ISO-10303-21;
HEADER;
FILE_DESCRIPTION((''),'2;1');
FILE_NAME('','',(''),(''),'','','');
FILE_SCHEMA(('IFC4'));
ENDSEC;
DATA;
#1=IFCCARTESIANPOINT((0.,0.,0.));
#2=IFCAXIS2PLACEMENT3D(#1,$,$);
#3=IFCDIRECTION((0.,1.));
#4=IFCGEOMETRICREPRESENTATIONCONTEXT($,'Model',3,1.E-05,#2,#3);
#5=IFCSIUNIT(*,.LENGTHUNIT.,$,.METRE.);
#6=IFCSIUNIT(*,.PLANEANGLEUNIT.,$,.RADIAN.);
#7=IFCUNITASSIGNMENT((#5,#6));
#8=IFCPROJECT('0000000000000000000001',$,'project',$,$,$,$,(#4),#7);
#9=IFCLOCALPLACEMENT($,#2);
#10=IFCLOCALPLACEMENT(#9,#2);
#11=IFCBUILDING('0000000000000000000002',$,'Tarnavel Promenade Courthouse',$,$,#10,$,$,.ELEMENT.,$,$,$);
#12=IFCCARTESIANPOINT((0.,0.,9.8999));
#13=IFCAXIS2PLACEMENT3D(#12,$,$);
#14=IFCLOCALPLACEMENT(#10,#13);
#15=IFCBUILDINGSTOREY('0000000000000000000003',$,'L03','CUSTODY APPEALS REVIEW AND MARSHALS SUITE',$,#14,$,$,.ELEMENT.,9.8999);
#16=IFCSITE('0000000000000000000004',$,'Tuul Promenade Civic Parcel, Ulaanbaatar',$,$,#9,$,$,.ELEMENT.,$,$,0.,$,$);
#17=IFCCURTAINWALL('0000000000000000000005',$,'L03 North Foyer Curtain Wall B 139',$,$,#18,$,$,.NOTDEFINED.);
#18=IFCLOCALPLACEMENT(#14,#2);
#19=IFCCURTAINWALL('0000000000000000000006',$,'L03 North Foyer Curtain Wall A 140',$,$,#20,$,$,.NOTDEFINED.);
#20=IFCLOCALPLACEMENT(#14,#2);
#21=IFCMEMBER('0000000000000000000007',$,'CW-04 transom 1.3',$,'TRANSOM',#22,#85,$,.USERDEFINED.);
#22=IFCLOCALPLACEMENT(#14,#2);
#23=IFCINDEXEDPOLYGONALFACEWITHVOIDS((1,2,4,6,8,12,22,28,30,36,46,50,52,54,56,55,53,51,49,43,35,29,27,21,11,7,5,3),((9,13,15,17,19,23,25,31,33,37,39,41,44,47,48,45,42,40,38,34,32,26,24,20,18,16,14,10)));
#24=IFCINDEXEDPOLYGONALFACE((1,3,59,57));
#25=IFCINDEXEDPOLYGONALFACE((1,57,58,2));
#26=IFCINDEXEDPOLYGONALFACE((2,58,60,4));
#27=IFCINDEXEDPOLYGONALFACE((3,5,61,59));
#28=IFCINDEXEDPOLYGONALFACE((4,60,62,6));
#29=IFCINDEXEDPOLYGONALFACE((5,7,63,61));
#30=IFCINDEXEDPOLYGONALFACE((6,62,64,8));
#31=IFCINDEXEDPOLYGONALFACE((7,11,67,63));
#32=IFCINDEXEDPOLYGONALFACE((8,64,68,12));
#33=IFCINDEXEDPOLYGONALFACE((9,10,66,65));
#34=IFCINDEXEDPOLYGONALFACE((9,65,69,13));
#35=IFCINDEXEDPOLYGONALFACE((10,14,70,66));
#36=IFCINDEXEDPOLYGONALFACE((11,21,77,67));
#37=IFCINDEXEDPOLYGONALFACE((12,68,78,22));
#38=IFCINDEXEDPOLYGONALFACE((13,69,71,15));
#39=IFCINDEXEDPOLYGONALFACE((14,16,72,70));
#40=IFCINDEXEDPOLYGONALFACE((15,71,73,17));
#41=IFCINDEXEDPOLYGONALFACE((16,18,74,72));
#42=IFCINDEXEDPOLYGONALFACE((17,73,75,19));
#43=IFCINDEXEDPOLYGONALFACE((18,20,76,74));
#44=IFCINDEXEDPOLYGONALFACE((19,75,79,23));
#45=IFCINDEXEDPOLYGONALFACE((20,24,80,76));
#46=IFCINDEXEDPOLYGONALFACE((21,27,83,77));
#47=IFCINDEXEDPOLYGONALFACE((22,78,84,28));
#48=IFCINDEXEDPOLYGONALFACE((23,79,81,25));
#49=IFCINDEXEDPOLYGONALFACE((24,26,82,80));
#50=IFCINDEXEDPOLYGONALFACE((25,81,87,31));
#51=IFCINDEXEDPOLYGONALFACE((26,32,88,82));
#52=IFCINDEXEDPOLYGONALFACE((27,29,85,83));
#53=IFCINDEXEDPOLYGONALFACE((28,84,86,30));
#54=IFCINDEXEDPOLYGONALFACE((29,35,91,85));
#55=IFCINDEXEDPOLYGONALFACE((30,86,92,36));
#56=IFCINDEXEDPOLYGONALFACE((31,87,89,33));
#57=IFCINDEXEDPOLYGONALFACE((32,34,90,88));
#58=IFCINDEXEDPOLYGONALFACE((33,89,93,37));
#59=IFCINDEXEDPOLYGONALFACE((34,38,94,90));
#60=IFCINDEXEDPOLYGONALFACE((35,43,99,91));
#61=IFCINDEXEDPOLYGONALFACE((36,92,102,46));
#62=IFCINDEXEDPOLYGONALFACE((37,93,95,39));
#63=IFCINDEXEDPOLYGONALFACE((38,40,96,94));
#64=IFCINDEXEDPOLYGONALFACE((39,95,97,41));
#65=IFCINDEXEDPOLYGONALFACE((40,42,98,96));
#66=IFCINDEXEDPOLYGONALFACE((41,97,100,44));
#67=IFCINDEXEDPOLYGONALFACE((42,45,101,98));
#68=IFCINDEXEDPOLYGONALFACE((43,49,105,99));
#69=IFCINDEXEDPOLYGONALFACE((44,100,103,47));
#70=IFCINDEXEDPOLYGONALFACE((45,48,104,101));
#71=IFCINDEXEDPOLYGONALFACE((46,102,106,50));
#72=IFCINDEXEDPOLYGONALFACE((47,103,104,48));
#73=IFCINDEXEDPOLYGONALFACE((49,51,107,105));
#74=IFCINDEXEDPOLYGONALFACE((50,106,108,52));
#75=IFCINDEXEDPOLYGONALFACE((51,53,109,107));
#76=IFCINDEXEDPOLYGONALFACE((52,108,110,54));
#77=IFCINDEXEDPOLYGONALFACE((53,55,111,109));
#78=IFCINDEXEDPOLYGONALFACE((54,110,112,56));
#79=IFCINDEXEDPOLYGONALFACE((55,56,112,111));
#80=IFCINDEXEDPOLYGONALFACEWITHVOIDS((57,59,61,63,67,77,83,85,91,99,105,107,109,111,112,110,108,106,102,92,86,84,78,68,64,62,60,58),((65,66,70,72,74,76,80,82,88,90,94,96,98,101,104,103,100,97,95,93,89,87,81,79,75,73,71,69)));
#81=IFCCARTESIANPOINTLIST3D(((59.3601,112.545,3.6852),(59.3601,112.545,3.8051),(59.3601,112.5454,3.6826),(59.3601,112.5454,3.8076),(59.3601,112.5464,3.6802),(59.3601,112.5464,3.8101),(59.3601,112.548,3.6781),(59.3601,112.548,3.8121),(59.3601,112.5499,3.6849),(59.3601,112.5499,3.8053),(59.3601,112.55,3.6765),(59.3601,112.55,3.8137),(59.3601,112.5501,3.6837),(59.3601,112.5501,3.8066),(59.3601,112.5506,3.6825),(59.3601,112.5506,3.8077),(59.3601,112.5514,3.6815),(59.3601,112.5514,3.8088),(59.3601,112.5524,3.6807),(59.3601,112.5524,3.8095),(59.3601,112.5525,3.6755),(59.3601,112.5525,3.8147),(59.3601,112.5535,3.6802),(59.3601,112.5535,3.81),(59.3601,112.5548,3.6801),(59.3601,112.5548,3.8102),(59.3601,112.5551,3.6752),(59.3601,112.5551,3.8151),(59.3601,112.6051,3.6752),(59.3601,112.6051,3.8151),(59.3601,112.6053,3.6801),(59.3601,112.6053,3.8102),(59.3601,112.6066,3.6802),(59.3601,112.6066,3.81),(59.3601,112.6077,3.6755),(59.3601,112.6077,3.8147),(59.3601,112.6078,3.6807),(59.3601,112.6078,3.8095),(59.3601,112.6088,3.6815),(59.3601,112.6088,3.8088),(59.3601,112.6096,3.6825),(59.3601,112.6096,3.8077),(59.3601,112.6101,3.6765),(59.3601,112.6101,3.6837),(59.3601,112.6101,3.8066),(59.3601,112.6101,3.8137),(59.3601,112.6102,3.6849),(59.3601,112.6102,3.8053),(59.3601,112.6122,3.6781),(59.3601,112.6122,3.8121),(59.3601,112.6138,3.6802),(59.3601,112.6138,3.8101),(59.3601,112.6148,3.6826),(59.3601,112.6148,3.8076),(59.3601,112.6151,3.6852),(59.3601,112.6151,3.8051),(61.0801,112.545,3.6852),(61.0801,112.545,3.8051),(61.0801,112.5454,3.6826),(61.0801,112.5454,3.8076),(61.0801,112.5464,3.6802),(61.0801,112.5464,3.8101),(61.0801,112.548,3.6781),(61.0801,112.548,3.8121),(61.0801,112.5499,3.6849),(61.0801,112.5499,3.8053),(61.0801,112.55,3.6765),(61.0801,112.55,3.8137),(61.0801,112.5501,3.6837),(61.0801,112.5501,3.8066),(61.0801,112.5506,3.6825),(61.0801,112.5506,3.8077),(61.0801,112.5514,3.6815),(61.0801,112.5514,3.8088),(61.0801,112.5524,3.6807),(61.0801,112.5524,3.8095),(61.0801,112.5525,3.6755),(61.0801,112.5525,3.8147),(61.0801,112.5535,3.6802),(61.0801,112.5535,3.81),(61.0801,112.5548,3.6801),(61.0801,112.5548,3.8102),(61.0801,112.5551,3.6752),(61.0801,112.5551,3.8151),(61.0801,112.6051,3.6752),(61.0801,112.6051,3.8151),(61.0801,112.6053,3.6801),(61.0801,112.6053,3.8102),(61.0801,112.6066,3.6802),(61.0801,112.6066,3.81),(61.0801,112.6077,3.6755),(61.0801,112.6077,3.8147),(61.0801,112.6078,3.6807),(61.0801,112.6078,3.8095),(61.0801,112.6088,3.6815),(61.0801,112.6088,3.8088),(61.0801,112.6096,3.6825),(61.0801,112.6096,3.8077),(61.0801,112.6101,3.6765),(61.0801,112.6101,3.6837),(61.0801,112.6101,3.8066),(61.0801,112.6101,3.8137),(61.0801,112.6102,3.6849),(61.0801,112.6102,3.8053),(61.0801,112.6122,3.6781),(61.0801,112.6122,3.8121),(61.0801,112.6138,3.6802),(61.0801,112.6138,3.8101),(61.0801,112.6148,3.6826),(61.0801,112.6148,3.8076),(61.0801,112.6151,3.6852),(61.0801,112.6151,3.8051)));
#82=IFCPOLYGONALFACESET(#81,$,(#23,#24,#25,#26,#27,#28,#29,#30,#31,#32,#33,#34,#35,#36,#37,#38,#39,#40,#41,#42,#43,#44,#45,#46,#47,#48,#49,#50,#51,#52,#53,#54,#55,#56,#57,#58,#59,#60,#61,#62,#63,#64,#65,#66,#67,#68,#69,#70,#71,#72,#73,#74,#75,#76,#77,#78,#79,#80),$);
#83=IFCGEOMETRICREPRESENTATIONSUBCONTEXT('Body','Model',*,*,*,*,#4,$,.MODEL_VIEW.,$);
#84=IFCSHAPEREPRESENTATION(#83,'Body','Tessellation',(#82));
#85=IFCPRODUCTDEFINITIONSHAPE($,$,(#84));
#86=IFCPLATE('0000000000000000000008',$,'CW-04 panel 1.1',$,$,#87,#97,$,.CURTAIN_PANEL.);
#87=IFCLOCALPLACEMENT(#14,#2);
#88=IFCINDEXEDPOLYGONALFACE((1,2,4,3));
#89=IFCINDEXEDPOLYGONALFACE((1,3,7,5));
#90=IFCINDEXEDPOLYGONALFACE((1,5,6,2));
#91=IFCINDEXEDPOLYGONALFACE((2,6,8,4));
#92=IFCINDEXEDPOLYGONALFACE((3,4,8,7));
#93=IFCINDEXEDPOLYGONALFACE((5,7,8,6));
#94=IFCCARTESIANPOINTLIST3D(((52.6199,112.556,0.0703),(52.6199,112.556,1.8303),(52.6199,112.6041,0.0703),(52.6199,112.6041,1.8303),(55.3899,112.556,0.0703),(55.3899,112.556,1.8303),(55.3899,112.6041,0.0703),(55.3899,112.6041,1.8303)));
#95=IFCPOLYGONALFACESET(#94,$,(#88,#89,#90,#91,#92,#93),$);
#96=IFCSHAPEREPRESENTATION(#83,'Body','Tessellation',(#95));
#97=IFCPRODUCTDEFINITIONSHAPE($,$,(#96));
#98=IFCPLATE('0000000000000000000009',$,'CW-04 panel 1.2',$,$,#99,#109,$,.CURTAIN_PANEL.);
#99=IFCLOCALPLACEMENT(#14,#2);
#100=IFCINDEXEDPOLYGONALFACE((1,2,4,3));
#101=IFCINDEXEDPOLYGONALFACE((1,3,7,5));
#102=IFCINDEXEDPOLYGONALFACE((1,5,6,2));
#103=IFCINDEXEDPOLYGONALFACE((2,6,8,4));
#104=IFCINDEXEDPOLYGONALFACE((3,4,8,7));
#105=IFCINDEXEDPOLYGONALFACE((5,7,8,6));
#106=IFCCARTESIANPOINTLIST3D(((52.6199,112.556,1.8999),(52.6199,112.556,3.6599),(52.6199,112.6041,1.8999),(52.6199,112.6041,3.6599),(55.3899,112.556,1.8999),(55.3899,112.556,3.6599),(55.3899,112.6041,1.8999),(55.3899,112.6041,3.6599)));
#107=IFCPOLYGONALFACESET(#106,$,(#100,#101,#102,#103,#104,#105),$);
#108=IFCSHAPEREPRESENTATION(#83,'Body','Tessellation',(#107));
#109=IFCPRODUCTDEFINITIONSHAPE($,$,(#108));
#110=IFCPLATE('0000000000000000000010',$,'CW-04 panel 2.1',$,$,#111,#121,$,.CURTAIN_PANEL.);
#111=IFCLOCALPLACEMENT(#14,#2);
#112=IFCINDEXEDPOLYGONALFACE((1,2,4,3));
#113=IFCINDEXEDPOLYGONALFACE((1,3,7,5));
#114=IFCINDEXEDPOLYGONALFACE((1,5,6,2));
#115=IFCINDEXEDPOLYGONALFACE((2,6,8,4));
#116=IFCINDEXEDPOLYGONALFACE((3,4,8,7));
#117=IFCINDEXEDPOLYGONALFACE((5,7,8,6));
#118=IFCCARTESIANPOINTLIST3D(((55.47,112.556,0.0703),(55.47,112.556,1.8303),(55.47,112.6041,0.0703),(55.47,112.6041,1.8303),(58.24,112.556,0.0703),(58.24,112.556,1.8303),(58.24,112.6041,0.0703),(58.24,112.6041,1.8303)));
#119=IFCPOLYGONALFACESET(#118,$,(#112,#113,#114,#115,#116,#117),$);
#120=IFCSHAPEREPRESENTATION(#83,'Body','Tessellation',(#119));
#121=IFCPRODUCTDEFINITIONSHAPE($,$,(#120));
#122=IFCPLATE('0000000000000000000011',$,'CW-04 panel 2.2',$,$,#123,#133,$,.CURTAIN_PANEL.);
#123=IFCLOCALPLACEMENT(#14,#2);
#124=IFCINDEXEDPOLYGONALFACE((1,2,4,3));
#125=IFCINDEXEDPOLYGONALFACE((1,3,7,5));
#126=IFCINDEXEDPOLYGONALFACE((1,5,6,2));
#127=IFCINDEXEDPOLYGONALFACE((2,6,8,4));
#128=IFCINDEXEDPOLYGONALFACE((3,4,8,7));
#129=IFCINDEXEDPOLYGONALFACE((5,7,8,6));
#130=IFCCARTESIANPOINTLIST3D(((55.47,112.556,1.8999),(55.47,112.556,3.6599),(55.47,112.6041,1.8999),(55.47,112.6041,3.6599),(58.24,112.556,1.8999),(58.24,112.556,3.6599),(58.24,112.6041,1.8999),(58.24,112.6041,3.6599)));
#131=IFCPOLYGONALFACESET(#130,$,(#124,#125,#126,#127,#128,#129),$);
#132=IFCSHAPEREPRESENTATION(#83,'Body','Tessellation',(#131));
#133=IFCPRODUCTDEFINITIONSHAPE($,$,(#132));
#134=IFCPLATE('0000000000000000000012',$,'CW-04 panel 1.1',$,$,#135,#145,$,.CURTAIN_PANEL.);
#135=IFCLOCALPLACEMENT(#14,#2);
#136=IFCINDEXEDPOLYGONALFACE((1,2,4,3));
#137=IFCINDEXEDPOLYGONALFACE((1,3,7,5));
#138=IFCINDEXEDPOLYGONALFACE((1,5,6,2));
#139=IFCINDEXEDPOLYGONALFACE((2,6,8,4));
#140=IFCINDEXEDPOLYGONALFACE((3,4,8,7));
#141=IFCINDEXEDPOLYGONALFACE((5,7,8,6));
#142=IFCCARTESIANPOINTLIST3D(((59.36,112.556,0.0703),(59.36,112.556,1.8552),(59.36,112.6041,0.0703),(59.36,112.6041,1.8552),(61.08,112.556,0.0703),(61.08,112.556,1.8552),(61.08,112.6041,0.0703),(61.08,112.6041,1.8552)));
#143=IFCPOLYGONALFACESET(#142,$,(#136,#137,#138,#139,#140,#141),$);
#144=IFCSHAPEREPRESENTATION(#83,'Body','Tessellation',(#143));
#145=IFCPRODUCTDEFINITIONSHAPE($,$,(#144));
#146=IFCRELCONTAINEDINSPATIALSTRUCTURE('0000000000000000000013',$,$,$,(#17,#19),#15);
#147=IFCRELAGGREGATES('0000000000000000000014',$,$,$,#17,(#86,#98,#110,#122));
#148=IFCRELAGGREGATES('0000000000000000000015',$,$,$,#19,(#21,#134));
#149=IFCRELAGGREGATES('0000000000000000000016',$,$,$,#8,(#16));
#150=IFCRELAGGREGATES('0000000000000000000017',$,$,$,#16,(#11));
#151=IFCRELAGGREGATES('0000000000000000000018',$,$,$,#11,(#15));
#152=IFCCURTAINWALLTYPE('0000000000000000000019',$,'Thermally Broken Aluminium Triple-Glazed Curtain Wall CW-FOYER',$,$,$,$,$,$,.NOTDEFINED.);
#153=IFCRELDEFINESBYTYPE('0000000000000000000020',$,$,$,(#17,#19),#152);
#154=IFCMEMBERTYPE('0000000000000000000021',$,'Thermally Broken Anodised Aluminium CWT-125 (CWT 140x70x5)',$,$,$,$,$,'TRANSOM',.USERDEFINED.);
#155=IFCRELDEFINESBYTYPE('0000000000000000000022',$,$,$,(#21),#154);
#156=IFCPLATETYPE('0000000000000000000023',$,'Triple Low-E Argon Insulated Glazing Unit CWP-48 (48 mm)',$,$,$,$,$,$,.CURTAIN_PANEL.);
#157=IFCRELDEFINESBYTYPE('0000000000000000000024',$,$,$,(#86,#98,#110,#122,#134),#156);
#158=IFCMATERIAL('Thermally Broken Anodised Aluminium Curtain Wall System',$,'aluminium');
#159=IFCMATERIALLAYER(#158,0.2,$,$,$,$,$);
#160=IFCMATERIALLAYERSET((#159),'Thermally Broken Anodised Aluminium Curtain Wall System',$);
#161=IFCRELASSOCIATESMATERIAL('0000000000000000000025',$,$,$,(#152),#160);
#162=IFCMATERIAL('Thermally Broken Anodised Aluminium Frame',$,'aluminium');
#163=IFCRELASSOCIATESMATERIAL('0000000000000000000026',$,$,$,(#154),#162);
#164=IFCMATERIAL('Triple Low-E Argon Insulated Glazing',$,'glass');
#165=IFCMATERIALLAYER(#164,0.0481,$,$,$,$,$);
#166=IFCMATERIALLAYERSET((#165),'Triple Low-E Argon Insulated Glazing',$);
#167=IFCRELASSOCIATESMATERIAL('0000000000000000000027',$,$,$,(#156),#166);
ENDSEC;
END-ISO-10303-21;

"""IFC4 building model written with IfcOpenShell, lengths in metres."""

from ifc_helpers import new_model, si_unit, direction, frame, origin, origin_2d, place, context, subcontext, project, spatial, rectangle, hollow_rectangle, extrude, material, layer, layer_set, material_profile, profile_set, type_object, element, aggregate, save


model = new_model("IFC4")

# Units and contexts
model_context = context("Model", 3, precision=1e-05, world=origin(), true_north=direction((0.0, 1.0)))
body_context = subcontext(model_context, "Body", "Model", "MODEL_VIEW")
ifc_project = project(units=[si_unit("LENGTHUNIT", "METRE"), si_unit("PLANEANGLEUNIT", "RADIAN")], contexts=[model_context])

# Site, building, storey
site_placement = place(None, origin())
site = spatial("IfcSite", under=ifc_project, at=site_placement, Name="Tuul Promenade Civic Parcel, Ulaanbaatar", CompositionType="ELEMENT", RefElevation=0.0)
building_placement = place(site_placement, origin())
building = spatial("IfcBuilding", under=site, at=building_placement, Name="Tarnavel Promenade Courthouse", CompositionType="ELEMENT")
storey_placement = place(building_placement, frame((0.0, 0.0, 9.8999)))
storey = spatial("IfcBuildingStorey", under=building, at=storey_placement, Name="L03", Description="CUSTODY APPEALS REVIEW AND MARSHALS SUITE", CompositionType="ELEMENT", Elevation=9.8999)

# Curtain wall
ifc_material_1 = material(Name="Thermally Broken Anodised Aluminium Curtain Wall System", Category="aluminium")
ifc_layer_1 = layer(ifc_material_1, 0.2)
ifc_layer_set_1 = layer_set([ifc_layer_1], Name="Thermally Broken Anodised Aluminium Curtain Wall System")
curtain_wall_type = type_object("IfcCurtainWallType", Name="Thermally Broken Aluminium Triple-Glazed Curtain Wall CW-FOYER", PredefinedType="NOTDEFINED", material=ifc_layer_set_1)
curtain_wall_1_placement = place(storey_placement, origin())
curtain_wall_1 = element("IfcCurtainWall", 1, at=curtain_wall_1_placement, inside=storey, type_object=curtain_wall_type, Name="L03 North Foyer Curtain Wall B 139", PredefinedType="NOTDEFINED")
ifc_material_2 = material(Name="Thermally Broken Anodised Aluminium Frame", Category="aluminium")

# Curtain wall
curtain_wall_2_placement = place(storey_placement, origin())
curtain_wall_2 = element("IfcCurtainWall", 2, at=curtain_wall_2_placement, inside=storey, type_object=curtain_wall_type, Name="L03 North Foyer Curtain Wall A 140", PredefinedType="NOTDEFINED")

# Member
ifc_material_profile_1 = material_profile(ifc_material_2, hollow_rectangle(XDim=0.0701, YDim=0.1399, WallThickness=0.0049, InnerFilletRadius=0.0049, OuterFilletRadius=0.01, at=origin_2d()), Name="CWT 140x70x5")
ifc_profile_set_1 = profile_set([ifc_material_profile_1], Name="Thermally Broken Anodised Aluminium Frame")
member_type_1 = type_object("IfcMemberType", Name="Thermally Broken Anodised Aluminium CWT-125 (CWT 140x70x5)", ElementType="TRANSOM", PredefinedType="USERDEFINED", material=ifc_profile_set_1)
member_1_placement = place(storey_placement, frame((59.3601, 112.5801, 3.7451), z_axis=(1.0, 0.0, 0.0), x_axis=(0.0, 1.0, 0.0)))
member_1 = element("IfcMember", 3, at=member_1_placement, type_object=member_type_1, Name="CW-04 transom 1.3", ObjectType="TRANSOM", PredefinedType="USERDEFINED", context=body_context, shape_type="SweptSolid", body=[
    extrude(hollow_rectangle(XDim=0.0701, YDim=0.1399, WallThickness=0.0049, InnerFilletRadius=0.0049, OuterFilletRadius=0.01, at=origin_2d()), origin(), (0.0, 0.0, 1.0), 1.72),
])

# Plates
ifc_material_3 = material(Name="Triple Low-E Argon Insulated Glazing", Category="glass")
ifc_layer_2 = layer(ifc_material_3, 0.0481)
ifc_layer_set_2 = layer_set([ifc_layer_2], Name="Triple Low-E Argon Insulated Glazing")
plate_type = type_object("IfcPlateType", Name="Triple Low-E Argon Insulated Glazing Unit CWP-48 (48 mm)", PredefinedType="CURTAIN_PANEL", material=ifc_layer_set_2)
plate_1_placement = place(storey_placement, frame((54.0049, 112.5801, 0.0703), z_axis=(0.0, 0.0, 1.0), x_axis=(1.0, 0.0, 0.0)))
plate_1 = element("IfcPlate", 4, at=plate_1_placement, type_object=plate_type, Name="CW-04 panel 1.1", PredefinedType="CURTAIN_PANEL", context=body_context, shape_type="SweptSolid", body=[
    extrude(rectangle(XDim=2.77, YDim=0.0481, at=origin_2d()), origin(), (0.0, 0.0, 1.0), 1.76),
])
plate_2_placement = place(storey_placement, frame((54.0049, 112.5801, 1.8999), z_axis=(0.0, 0.0, 1.0), x_axis=(1.0, 0.0, 0.0)))
plate_2 = element("IfcPlate", 5, at=plate_2_placement, type_object=plate_type, Name="CW-04 panel 1.2", PredefinedType="CURTAIN_PANEL", context=body_context, shape_type="SweptSolid", body=[
    extrude(rectangle(XDim=2.77, YDim=0.0481, at=origin_2d()), origin(), (0.0, 0.0, 1.0), 1.76),
])
plate_3_placement = place(storey_placement, frame((56.855, 112.5801, 0.0703), z_axis=(0.0, 0.0, 1.0), x_axis=(1.0, 0.0, 0.0)))
plate_3 = element("IfcPlate", 6, at=plate_3_placement, type_object=plate_type, Name="CW-04 panel 2.1", PredefinedType="CURTAIN_PANEL", context=body_context, shape_type="SweptSolid", body=[
    extrude(rectangle(XDim=2.77, YDim=0.0481, at=origin_2d()), origin(), (0.0, 0.0, 1.0), 1.76),
])
plate_4_placement = place(storey_placement, frame((56.855, 112.5801, 1.8999), z_axis=(0.0, 0.0, 1.0), x_axis=(1.0, 0.0, 0.0)))
plate_4 = element("IfcPlate", 7, at=plate_4_placement, type_object=plate_type, Name="CW-04 panel 2.2", PredefinedType="CURTAIN_PANEL", context=body_context, shape_type="SweptSolid", body=[
    extrude(rectangle(XDim=2.77, YDim=0.0481, at=origin_2d()), origin(), (0.0, 0.0, 1.0), 1.76),
])
aggregate(curtain_wall_1, [plate_1, plate_2, plate_3, plate_4])
plate_5_placement = place(storey_placement, frame((60.22, 112.5801, 0.0703), z_axis=(0.0, 0.0, 1.0), x_axis=(1.0, 0.0, 0.0)))
plate_5 = element("IfcPlate", 8, at=plate_5_placement, type_object=plate_type, Name="CW-04 panel 1.1", PredefinedType="CURTAIN_PANEL", context=body_context, shape_type="SweptSolid", body=[
    extrude(rectangle(XDim=1.72, YDim=0.0481, at=origin_2d()), origin(), (0.0, 0.0, 1.0), 1.7849),
])
aggregate(curtain_wall_2, [member_1, plate_5])

save(model, "model.ifc")
